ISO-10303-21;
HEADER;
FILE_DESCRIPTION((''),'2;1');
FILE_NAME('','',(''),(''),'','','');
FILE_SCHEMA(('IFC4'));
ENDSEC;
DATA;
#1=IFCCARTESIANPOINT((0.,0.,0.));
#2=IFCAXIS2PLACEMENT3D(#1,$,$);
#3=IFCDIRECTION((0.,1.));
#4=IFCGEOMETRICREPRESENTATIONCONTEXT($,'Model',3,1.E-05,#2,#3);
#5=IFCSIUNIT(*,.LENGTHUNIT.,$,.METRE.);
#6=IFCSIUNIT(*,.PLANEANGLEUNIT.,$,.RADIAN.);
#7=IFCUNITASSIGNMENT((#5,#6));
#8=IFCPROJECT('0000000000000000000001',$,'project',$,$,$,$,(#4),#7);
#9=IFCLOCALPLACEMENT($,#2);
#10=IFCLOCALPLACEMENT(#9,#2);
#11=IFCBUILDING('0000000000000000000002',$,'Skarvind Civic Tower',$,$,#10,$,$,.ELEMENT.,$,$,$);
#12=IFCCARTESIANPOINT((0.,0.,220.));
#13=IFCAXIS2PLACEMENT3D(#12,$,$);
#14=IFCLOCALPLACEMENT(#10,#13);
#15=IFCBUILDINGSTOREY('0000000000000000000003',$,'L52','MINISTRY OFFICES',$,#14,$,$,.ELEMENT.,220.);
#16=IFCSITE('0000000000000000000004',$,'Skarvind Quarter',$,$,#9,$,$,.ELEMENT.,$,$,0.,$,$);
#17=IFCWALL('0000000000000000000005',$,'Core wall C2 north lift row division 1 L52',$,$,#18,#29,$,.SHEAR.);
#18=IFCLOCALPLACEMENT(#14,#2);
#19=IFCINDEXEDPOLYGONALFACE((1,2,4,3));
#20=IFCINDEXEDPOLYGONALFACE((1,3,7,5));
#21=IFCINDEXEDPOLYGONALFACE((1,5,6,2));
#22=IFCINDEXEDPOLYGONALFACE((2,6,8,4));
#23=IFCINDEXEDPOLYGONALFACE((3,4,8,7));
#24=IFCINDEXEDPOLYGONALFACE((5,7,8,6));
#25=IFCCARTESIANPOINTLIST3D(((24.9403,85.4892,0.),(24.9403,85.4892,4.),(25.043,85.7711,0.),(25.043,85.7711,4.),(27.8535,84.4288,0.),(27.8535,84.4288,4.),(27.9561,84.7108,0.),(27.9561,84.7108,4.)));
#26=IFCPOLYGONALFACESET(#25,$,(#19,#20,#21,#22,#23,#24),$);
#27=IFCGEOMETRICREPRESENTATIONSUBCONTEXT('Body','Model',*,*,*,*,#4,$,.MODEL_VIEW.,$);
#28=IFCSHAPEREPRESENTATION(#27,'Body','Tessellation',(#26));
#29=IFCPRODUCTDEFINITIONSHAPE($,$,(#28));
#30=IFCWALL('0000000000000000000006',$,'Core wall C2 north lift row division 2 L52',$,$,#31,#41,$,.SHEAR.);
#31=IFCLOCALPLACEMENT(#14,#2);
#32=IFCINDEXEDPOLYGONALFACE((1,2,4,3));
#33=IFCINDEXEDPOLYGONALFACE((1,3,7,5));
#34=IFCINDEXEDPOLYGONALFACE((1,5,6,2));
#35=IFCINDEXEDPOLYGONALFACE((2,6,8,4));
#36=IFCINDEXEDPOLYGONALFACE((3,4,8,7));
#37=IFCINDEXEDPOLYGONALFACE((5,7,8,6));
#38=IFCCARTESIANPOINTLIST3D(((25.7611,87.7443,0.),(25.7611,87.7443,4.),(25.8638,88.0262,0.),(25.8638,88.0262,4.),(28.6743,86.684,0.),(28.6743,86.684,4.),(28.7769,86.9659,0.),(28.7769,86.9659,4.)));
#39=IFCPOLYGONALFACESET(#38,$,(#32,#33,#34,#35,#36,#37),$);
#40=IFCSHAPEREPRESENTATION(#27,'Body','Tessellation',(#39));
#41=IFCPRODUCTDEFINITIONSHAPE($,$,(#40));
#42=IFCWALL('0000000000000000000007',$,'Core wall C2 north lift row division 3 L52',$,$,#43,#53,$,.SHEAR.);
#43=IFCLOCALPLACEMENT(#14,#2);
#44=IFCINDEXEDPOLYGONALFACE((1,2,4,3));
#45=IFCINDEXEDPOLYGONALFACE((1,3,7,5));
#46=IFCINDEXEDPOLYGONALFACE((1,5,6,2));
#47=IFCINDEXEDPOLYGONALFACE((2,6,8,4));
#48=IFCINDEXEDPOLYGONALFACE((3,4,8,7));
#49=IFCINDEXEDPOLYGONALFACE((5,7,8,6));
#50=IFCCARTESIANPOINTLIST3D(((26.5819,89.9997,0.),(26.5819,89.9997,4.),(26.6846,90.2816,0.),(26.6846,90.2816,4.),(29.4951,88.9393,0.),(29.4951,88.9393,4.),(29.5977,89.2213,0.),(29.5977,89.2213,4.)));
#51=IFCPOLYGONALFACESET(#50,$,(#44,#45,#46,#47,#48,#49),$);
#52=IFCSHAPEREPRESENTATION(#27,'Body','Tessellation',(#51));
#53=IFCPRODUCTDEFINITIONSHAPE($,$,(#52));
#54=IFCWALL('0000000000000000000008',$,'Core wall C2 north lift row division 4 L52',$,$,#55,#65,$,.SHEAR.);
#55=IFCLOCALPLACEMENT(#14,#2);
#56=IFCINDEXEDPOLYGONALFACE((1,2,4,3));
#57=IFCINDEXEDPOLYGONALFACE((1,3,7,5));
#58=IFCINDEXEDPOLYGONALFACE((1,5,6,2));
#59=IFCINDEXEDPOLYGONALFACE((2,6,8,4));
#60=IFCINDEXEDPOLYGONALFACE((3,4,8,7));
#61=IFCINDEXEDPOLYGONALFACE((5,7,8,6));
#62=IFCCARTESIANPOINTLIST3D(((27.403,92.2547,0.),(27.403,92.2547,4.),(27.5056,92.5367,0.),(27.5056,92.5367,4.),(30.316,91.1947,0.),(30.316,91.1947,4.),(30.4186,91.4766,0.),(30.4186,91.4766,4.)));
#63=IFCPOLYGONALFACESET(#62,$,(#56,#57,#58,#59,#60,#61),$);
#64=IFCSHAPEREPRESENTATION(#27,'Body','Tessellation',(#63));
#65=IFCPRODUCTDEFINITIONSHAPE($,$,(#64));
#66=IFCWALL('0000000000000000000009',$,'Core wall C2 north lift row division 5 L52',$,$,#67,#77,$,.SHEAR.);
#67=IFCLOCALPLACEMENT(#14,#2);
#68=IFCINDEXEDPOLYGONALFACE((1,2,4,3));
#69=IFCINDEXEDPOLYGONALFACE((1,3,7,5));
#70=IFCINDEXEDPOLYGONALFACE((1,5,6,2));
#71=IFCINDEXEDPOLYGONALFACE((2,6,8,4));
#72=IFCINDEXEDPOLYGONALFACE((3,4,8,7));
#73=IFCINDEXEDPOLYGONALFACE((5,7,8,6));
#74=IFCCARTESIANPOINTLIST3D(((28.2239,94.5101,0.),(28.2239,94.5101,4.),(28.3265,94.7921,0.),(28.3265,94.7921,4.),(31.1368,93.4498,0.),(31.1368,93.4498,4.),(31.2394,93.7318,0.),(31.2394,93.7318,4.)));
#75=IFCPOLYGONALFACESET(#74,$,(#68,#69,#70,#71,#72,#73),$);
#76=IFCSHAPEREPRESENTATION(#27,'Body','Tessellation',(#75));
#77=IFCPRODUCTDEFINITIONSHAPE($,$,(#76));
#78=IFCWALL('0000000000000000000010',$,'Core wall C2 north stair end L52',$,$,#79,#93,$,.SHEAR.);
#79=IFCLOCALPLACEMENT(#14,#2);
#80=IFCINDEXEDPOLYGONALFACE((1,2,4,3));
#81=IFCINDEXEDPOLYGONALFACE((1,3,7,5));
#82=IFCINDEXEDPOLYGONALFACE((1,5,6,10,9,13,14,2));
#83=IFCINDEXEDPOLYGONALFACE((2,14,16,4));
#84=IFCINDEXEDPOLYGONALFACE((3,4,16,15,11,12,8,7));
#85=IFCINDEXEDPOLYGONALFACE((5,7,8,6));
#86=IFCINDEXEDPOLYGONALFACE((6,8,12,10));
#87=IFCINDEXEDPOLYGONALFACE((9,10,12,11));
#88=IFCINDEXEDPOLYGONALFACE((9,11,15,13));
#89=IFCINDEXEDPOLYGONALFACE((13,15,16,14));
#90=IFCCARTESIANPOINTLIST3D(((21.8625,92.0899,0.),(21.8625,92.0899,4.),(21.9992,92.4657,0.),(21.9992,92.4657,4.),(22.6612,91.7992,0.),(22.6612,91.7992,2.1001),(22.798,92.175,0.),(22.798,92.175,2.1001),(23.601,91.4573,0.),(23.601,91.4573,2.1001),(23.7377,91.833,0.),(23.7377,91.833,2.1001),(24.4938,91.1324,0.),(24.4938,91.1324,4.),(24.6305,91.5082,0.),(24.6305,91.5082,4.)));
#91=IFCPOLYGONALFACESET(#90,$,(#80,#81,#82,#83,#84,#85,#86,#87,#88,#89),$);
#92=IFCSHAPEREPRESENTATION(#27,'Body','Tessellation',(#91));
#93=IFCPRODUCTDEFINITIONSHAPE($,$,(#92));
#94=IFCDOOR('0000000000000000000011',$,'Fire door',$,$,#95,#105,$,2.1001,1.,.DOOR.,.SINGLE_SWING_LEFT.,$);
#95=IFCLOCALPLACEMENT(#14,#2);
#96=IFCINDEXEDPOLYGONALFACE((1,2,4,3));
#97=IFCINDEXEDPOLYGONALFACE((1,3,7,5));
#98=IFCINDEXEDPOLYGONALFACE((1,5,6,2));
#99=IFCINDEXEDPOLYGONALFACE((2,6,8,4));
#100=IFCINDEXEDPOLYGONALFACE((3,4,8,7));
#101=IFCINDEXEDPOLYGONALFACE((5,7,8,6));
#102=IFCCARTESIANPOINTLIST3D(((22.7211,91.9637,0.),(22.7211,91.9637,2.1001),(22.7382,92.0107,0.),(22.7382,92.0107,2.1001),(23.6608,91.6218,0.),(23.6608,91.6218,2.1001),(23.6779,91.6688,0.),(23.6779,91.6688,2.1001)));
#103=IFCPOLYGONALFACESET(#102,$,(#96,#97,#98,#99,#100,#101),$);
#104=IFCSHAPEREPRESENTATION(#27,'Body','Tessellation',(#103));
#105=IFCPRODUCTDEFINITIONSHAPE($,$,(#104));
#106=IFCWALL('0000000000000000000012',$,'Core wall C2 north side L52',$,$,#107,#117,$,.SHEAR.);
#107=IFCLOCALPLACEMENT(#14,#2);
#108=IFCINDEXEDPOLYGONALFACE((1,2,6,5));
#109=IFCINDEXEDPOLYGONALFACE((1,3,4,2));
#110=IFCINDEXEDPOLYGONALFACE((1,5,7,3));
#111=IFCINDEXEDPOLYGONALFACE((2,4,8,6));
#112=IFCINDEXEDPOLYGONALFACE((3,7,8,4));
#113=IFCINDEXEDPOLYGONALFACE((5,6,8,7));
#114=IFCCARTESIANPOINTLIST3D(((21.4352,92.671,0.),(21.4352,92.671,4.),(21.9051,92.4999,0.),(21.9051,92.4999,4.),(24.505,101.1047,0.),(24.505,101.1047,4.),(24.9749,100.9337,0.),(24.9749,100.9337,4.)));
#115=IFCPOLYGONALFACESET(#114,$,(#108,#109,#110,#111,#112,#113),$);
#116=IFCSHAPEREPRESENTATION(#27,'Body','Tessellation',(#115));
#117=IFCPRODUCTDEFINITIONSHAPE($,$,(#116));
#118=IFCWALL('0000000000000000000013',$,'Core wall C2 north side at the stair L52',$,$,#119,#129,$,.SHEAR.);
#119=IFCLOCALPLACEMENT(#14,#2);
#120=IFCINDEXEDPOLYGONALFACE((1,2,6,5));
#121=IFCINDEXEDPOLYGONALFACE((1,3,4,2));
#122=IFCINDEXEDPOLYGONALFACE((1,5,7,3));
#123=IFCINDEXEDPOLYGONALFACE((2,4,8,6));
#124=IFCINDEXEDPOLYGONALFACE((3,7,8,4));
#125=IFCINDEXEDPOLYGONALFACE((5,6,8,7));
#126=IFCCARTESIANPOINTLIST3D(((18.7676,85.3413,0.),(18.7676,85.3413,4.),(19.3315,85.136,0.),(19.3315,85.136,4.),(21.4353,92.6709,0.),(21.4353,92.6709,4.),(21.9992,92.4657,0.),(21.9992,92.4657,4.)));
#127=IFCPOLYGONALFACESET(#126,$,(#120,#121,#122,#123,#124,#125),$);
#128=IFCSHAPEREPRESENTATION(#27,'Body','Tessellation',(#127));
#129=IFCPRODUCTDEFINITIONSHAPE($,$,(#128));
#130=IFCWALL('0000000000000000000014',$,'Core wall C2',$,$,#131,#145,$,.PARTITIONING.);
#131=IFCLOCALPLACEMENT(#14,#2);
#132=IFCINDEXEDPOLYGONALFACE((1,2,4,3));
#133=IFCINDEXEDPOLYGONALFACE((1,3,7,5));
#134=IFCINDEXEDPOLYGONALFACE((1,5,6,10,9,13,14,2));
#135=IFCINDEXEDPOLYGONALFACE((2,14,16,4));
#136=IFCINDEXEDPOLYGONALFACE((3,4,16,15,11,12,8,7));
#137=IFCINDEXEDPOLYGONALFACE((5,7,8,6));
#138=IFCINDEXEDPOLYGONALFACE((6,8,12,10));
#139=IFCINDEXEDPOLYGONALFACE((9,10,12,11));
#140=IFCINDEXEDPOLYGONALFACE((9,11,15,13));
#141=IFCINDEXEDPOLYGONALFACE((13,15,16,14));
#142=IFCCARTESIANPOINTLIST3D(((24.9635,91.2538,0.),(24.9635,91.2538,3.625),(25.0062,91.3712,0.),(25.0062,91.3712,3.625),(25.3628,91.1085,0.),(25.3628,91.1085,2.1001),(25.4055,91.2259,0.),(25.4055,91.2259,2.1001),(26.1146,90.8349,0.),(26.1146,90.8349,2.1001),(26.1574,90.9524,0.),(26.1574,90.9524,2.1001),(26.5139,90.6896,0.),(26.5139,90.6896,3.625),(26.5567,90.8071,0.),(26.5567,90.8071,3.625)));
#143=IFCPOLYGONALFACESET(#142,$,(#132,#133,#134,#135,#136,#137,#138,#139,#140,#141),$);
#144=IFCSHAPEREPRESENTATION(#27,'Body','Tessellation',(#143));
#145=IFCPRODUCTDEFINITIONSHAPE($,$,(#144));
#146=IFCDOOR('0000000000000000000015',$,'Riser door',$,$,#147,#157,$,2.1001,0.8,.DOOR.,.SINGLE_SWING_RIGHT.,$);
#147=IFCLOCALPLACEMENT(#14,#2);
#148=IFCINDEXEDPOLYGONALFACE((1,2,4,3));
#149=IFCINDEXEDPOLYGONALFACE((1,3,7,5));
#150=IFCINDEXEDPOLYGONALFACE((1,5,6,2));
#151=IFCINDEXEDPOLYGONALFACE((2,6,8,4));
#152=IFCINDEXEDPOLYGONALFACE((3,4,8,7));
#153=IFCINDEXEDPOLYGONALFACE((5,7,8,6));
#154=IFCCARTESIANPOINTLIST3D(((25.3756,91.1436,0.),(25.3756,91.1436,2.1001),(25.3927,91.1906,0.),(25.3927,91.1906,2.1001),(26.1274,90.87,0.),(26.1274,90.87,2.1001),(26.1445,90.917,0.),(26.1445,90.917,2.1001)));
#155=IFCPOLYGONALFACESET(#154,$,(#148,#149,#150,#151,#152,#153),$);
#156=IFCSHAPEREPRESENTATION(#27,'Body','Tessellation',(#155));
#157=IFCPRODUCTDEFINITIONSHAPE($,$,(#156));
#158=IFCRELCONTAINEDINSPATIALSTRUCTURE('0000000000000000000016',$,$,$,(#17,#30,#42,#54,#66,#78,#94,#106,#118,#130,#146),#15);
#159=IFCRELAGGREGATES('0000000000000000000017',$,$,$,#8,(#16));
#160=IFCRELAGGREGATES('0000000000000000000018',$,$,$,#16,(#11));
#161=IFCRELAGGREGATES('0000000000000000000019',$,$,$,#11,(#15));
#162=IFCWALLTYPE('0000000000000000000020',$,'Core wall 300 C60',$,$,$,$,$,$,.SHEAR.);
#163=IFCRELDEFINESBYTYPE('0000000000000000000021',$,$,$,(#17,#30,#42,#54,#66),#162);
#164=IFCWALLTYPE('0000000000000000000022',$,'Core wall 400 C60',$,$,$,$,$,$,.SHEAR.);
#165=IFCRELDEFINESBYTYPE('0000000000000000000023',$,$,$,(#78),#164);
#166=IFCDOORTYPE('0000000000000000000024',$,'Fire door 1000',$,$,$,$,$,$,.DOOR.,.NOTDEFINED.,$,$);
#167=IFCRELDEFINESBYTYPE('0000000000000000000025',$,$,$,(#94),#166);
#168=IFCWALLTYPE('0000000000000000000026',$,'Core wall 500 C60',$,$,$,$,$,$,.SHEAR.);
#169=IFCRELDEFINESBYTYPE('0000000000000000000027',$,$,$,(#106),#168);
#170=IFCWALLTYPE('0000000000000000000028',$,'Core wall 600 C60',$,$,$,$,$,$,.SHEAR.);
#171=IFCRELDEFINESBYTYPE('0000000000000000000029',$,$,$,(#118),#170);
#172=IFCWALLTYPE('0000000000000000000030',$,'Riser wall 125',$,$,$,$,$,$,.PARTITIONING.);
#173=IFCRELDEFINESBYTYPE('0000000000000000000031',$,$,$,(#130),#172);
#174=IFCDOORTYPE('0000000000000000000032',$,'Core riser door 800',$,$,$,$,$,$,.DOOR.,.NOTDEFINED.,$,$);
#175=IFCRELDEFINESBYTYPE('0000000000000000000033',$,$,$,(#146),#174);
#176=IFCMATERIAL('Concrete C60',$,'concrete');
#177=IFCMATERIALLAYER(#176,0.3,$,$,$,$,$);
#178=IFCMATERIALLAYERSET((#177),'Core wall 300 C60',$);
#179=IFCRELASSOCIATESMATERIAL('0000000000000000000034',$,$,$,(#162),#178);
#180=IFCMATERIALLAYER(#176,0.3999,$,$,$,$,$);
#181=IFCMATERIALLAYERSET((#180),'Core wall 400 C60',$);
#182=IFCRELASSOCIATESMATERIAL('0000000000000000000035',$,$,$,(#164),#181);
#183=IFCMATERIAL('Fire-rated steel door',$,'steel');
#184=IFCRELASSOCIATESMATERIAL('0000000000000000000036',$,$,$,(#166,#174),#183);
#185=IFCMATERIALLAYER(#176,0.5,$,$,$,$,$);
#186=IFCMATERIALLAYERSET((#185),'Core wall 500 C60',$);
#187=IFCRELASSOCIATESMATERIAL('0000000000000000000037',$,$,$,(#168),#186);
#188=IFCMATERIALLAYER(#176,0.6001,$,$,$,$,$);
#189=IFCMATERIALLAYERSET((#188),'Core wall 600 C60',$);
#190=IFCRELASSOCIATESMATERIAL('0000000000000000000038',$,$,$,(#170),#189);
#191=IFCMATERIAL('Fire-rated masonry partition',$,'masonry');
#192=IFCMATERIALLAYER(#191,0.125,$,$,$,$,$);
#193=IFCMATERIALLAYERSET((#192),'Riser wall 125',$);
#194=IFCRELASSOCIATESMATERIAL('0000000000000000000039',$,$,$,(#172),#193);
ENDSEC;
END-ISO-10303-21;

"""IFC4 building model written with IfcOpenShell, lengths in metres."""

from ifc_helpers import new_model, si_unit, direction, frame, frame_2d, origin, place, context, subcontext, project, spatial, rectangle, extrude, material, layer, layer_set, type_object, element, fill, save


model = new_model("IFC4")

# Units and contexts
model_context = context("Model", 3, precision=1e-05, world=origin(), true_north=direction((0.0, 1.0)))
body_context = subcontext(model_context, "Body", "Model", "MODEL_VIEW")
ifc_project = project(units=[si_unit("LENGTHUNIT", "METRE"), si_unit("PLANEANGLEUNIT", "RADIAN")], contexts=[model_context])

# Site, building, storey
site_placement = place(None, origin())
site = spatial("IfcSite", under=ifc_project, at=site_placement, Name="Skarvind Quarter", CompositionType="ELEMENT", RefElevation=0.0)
building_placement = place(site_placement, origin())
building = spatial("IfcBuilding", under=site, at=building_placement, Name="Skarvind Civic Tower", CompositionType="ELEMENT")
storey_placement = place(building_placement, frame((0.0, 0.0, 220.0)))
storey = spatial("IfcBuildingStorey", under=building, at=storey_placement, Name="L52", Description="MINISTRY OFFICES", CompositionType="ELEMENT", Elevation=220.0)

# Walls
ifc_material_1 = material(Name="Concrete C60", Category="concrete")
ifc_layer_1 = layer(ifc_material_1, 0.3)
ifc_layer_set_1 = layer_set([ifc_layer_1], Name="Core wall 300 C60")
wall_type_1 = type_object("IfcWallType", Name="Core wall 300 C60", PredefinedType="SHEAR", material=ifc_layer_set_1)
for number, where, z_axis, x_axis, name in (
    (1, (27.9048, 84.5698, 0.0), (0.0, 0.0, 1.0), (-0.93969, 0.342028, 0.0), "Core wall C2 north lift row division 1 L52"),
    (2, (28.7256, 86.825, 0.0), (0.0, 0.0, 1.0), (-0.93969, 0.342028, 0.0), "Core wall C2 north lift row division 2 L52"),
    (3, (29.5464, 89.0803, 0.0), (0.0, 0.0, 1.0), (-0.93969, 0.342028, 0.0), "Core wall C2 north lift row division 3 L52"),
):
    element("IfcWall", number, at=place(storey_placement, frame(where, z_axis=z_axis, x_axis=x_axis)), inside=storey, type_object=wall_type_1, Name=name, PredefinedType="SHEAR", context=body_context, shape_type="SweptSolid", body=[
        extrude(rectangle(XDim=3.1001, YDim=0.3, at=frame_2d((1.55, 0.0))), origin(), (0.0, 0.0, 1.0), 4.0),
    ])
for number, where, z_axis, x_axis, name in (
    (4, (30.3672, 91.3357, 0.0), (0.0, 0.0, 1.0), (-0.939715, 0.341958, 0.0), "Core wall C2 north lift row division 4 L52"),
    (5, (31.188, 93.5908, 0.0), (0.0, 0.0, 1.0), (-0.939681, 0.342053, 0.0), "Core wall C2 north lift row division 5 L52"),
):
    element("IfcWall", number, at=place(storey_placement, frame(where, z_axis=z_axis, x_axis=x_axis)), inside=storey, type_object=wall_type_1, Name=name, PredefinedType="SHEAR", context=body_context, shape_type="SweptSolid", body=[
        extrude(rectangle(XDim=3.0999, YDim=0.3, at=frame_2d((1.5498, 0.0))), origin(), (0.0, 0.0, 1.0), 4.0),
    ])

# Wall, opening, door
ifc_layer_2 = layer(ifc_material_1, 0.3999)
ifc_layer_set_2 = layer_set([ifc_layer_2], Name="Core wall 400 C60")
wall_type_2 = type_object("IfcWallType", Name="Core wall 400 C60", PredefinedType="SHEAR", material=ifc_layer_set_2)
wall_1_placement = place(storey_placement, frame((24.562, 91.3203, 0.0), z_axis=(0.0, 0.0, 1.0), x_axis=(-0.939717, 0.341953, 0.0)))
wall_1 = element("IfcWall", 6, at=wall_1_placement, inside=storey, type_object=wall_type_2, Name="Core wall C2 north stair end L52", PredefinedType="SHEAR", context=body_context, shape_type="SweptSolid", body=[
    extrude(rectangle(XDim=2.8, YDim=0.3999, at=frame_2d((1.3999, 0.0))), origin(), (0.0, 0.0, 1.0), 4.0),
])
opening_1_placement = place(wall_1_placement, frame((0.95, 0.0, 0.0)))
opening_1 = element("IfcOpeningElement", 7, at=opening_1_placement, cuts=wall_1, PredefinedType="OPENING", context=body_context, shape_type="SweptSolid", body=[
    extrude(rectangle(XDim=1.0, YDim=2.1001, at=frame_2d((0.5, 1.05))), frame((0.0, 0.21, 0.0), z_axis=(0.0, -1.0, 0.0), x_axis=(1.0, 0.0, 0.0)), (0.0, 0.0, 1.0), 0.4199),
])
ifc_material_2 = material(Name="Fire-rated steel door", Category="steel")
door_type_1 = type_object("IfcDoorType", Name="Fire door 1000", OperationType="NOTDEFINED", PredefinedType="DOOR", material=ifc_material_2)
door_1_placement = place(opening_1_placement, origin())
door_1 = element("IfcDoor", 8, at=door_1_placement, inside=storey, type_object=door_type_1, Name="Fire door", OperationType="SINGLE_SWING_LEFT", OverallHeight=2.1001, OverallWidth=1.0, PredefinedType="DOOR", context=body_context, shape_type="SweptSolid", body=[
    extrude(rectangle(XDim=1.0, YDim=2.1001, at=frame_2d((0.5, 1.05))), frame((0.0, 0.0249, 0.0), z_axis=(0.0, -1.0, 0.0), x_axis=(1.0, 0.0, 0.0)), (0.0, 0.0, 1.0), 0.05),
])
fill(opening_1, door_1)

# Walls
ifc_layer_3 = layer(ifc_material_1, 0.5)
ifc_layer_set_3 = layer_set([ifc_layer_3], Name="Core wall 500 C60")
wall_type_3 = type_object("IfcWallType", Name="Core wall 500 C60", PredefinedType="SHEAR", material=ifc_layer_set_3)
wall_2_placement = place(storey_placement, frame((21.6702, 92.5854, 0.0), z_axis=(0.0, 0.0, 1.0), x_axis=(0.342036, 0.939687, 0.0)))
element("IfcWall", 9, at=wall_2_placement, inside=storey, type_object=wall_type_3, Name="Core wall C2 north side L52", PredefinedType="SHEAR", context=body_context, shape_type="SweptSolid", body=[
    extrude(rectangle(XDim=8.9751, YDim=0.5, at=frame_2d((4.4875, 0.0))), origin(), (0.0, 0.0, 1.0), 4.0),
])
ifc_layer_4 = layer(ifc_material_1, 0.6001)
ifc_layer_set_4 = layer_set([ifc_layer_4], Name="Core wall 600 C60")
wall_type_4 = type_object("IfcWallType", Name="Core wall 600 C60", PredefinedType="SHEAR", material=ifc_layer_set_4)
wall_3_placement = place(storey_placement, frame((19.0496, 85.2388, 0.0), z_axis=(0.0, 0.0, 1.0), x_axis=(0.342017, 0.939694, 0.0)))
element("IfcWall", 10, at=wall_3_placement, inside=storey, type_object=wall_type_4, Name="Core wall C2 north side at the stair L52", PredefinedType="SHEAR", context=body_context, shape_type="SweptSolid", body=[
    extrude(rectangle(XDim=7.8, YDim=0.6001, at=frame_2d((3.8999, 0.0))), origin(), (0.0, 0.0, 1.0), 4.0),
])

# Wall, opening, door
ifc_material_3 = material(Name="Fire-rated masonry partition", Category="masonry")
ifc_layer_5 = layer(ifc_material_3, 0.125)
ifc_layer_set_5 = layer_set([ifc_layer_5], Name="Riser wall 125")
wall_type_5 = type_object("IfcWallType", Name="Riser wall 125", PredefinedType="PARTITIONING", material=ifc_layer_set_5)
wall_4_placement = place(storey_placement, frame((24.9849, 91.3125, 0.0), z_axis=(0.0, 0.0, 1.0), x_axis=(0.93972, -0.341945, 0.0)))
wall_4 = element("IfcWall", 11, at=wall_4_placement, inside=storey, type_object=wall_type_5, Name="Core wall C2", PredefinedType="PARTITIONING", context=body_context, shape_type="SweptSolid", body=[
    extrude(rectangle(XDim=1.6499, YDim=0.125, at=frame_2d((0.825, 0.0))), origin(), (0.0, 0.0, 1.0), 3.625),
])
opening_2_placement = place(wall_4_placement, frame((0.425, 0.0, 0.0)))
opening_2 = element("IfcOpeningElement", 12, at=opening_2_placement, cuts=wall_4, PredefinedType="OPENING", context=body_context, shape_type="SweptSolid", body=[
    extrude(rectangle(XDim=0.8, YDim=2.1001, at=frame_2d((0.3999, 1.05))), frame((0.0, 0.0725, 0.0), z_axis=(0.0, -1.0, 0.0), x_axis=(1.0, 0.0, 0.0)), (0.0, 0.0, 1.0), 0.145),
])
door_type_2 = type_object("IfcDoorType", Name="Core riser door 800", OperationType="NOTDEFINED", PredefinedType="DOOR", material=ifc_material_2)
door_2_placement = place(opening_2_placement, origin())
door_2 = element("IfcDoor", 13, at=door_2_placement, inside=storey, type_object=door_type_2, Name="Riser door", OperationType="SINGLE_SWING_RIGHT", OverallHeight=2.1001, OverallWidth=0.8, PredefinedType="DOOR", context=body_context, shape_type="SweptSolid", body=[
    extrude(rectangle(XDim=0.8, YDim=2.1001, at=frame_2d((0.3999, 1.05))), frame((0.0, 0.0249, 0.0), z_axis=(0.0, -1.0, 0.0), x_axis=(1.0, 0.0, 0.0)), (0.0, 0.0, 1.0), 0.05),
])
fill(opening_2, door_2)

save(model, "model.ifc")
